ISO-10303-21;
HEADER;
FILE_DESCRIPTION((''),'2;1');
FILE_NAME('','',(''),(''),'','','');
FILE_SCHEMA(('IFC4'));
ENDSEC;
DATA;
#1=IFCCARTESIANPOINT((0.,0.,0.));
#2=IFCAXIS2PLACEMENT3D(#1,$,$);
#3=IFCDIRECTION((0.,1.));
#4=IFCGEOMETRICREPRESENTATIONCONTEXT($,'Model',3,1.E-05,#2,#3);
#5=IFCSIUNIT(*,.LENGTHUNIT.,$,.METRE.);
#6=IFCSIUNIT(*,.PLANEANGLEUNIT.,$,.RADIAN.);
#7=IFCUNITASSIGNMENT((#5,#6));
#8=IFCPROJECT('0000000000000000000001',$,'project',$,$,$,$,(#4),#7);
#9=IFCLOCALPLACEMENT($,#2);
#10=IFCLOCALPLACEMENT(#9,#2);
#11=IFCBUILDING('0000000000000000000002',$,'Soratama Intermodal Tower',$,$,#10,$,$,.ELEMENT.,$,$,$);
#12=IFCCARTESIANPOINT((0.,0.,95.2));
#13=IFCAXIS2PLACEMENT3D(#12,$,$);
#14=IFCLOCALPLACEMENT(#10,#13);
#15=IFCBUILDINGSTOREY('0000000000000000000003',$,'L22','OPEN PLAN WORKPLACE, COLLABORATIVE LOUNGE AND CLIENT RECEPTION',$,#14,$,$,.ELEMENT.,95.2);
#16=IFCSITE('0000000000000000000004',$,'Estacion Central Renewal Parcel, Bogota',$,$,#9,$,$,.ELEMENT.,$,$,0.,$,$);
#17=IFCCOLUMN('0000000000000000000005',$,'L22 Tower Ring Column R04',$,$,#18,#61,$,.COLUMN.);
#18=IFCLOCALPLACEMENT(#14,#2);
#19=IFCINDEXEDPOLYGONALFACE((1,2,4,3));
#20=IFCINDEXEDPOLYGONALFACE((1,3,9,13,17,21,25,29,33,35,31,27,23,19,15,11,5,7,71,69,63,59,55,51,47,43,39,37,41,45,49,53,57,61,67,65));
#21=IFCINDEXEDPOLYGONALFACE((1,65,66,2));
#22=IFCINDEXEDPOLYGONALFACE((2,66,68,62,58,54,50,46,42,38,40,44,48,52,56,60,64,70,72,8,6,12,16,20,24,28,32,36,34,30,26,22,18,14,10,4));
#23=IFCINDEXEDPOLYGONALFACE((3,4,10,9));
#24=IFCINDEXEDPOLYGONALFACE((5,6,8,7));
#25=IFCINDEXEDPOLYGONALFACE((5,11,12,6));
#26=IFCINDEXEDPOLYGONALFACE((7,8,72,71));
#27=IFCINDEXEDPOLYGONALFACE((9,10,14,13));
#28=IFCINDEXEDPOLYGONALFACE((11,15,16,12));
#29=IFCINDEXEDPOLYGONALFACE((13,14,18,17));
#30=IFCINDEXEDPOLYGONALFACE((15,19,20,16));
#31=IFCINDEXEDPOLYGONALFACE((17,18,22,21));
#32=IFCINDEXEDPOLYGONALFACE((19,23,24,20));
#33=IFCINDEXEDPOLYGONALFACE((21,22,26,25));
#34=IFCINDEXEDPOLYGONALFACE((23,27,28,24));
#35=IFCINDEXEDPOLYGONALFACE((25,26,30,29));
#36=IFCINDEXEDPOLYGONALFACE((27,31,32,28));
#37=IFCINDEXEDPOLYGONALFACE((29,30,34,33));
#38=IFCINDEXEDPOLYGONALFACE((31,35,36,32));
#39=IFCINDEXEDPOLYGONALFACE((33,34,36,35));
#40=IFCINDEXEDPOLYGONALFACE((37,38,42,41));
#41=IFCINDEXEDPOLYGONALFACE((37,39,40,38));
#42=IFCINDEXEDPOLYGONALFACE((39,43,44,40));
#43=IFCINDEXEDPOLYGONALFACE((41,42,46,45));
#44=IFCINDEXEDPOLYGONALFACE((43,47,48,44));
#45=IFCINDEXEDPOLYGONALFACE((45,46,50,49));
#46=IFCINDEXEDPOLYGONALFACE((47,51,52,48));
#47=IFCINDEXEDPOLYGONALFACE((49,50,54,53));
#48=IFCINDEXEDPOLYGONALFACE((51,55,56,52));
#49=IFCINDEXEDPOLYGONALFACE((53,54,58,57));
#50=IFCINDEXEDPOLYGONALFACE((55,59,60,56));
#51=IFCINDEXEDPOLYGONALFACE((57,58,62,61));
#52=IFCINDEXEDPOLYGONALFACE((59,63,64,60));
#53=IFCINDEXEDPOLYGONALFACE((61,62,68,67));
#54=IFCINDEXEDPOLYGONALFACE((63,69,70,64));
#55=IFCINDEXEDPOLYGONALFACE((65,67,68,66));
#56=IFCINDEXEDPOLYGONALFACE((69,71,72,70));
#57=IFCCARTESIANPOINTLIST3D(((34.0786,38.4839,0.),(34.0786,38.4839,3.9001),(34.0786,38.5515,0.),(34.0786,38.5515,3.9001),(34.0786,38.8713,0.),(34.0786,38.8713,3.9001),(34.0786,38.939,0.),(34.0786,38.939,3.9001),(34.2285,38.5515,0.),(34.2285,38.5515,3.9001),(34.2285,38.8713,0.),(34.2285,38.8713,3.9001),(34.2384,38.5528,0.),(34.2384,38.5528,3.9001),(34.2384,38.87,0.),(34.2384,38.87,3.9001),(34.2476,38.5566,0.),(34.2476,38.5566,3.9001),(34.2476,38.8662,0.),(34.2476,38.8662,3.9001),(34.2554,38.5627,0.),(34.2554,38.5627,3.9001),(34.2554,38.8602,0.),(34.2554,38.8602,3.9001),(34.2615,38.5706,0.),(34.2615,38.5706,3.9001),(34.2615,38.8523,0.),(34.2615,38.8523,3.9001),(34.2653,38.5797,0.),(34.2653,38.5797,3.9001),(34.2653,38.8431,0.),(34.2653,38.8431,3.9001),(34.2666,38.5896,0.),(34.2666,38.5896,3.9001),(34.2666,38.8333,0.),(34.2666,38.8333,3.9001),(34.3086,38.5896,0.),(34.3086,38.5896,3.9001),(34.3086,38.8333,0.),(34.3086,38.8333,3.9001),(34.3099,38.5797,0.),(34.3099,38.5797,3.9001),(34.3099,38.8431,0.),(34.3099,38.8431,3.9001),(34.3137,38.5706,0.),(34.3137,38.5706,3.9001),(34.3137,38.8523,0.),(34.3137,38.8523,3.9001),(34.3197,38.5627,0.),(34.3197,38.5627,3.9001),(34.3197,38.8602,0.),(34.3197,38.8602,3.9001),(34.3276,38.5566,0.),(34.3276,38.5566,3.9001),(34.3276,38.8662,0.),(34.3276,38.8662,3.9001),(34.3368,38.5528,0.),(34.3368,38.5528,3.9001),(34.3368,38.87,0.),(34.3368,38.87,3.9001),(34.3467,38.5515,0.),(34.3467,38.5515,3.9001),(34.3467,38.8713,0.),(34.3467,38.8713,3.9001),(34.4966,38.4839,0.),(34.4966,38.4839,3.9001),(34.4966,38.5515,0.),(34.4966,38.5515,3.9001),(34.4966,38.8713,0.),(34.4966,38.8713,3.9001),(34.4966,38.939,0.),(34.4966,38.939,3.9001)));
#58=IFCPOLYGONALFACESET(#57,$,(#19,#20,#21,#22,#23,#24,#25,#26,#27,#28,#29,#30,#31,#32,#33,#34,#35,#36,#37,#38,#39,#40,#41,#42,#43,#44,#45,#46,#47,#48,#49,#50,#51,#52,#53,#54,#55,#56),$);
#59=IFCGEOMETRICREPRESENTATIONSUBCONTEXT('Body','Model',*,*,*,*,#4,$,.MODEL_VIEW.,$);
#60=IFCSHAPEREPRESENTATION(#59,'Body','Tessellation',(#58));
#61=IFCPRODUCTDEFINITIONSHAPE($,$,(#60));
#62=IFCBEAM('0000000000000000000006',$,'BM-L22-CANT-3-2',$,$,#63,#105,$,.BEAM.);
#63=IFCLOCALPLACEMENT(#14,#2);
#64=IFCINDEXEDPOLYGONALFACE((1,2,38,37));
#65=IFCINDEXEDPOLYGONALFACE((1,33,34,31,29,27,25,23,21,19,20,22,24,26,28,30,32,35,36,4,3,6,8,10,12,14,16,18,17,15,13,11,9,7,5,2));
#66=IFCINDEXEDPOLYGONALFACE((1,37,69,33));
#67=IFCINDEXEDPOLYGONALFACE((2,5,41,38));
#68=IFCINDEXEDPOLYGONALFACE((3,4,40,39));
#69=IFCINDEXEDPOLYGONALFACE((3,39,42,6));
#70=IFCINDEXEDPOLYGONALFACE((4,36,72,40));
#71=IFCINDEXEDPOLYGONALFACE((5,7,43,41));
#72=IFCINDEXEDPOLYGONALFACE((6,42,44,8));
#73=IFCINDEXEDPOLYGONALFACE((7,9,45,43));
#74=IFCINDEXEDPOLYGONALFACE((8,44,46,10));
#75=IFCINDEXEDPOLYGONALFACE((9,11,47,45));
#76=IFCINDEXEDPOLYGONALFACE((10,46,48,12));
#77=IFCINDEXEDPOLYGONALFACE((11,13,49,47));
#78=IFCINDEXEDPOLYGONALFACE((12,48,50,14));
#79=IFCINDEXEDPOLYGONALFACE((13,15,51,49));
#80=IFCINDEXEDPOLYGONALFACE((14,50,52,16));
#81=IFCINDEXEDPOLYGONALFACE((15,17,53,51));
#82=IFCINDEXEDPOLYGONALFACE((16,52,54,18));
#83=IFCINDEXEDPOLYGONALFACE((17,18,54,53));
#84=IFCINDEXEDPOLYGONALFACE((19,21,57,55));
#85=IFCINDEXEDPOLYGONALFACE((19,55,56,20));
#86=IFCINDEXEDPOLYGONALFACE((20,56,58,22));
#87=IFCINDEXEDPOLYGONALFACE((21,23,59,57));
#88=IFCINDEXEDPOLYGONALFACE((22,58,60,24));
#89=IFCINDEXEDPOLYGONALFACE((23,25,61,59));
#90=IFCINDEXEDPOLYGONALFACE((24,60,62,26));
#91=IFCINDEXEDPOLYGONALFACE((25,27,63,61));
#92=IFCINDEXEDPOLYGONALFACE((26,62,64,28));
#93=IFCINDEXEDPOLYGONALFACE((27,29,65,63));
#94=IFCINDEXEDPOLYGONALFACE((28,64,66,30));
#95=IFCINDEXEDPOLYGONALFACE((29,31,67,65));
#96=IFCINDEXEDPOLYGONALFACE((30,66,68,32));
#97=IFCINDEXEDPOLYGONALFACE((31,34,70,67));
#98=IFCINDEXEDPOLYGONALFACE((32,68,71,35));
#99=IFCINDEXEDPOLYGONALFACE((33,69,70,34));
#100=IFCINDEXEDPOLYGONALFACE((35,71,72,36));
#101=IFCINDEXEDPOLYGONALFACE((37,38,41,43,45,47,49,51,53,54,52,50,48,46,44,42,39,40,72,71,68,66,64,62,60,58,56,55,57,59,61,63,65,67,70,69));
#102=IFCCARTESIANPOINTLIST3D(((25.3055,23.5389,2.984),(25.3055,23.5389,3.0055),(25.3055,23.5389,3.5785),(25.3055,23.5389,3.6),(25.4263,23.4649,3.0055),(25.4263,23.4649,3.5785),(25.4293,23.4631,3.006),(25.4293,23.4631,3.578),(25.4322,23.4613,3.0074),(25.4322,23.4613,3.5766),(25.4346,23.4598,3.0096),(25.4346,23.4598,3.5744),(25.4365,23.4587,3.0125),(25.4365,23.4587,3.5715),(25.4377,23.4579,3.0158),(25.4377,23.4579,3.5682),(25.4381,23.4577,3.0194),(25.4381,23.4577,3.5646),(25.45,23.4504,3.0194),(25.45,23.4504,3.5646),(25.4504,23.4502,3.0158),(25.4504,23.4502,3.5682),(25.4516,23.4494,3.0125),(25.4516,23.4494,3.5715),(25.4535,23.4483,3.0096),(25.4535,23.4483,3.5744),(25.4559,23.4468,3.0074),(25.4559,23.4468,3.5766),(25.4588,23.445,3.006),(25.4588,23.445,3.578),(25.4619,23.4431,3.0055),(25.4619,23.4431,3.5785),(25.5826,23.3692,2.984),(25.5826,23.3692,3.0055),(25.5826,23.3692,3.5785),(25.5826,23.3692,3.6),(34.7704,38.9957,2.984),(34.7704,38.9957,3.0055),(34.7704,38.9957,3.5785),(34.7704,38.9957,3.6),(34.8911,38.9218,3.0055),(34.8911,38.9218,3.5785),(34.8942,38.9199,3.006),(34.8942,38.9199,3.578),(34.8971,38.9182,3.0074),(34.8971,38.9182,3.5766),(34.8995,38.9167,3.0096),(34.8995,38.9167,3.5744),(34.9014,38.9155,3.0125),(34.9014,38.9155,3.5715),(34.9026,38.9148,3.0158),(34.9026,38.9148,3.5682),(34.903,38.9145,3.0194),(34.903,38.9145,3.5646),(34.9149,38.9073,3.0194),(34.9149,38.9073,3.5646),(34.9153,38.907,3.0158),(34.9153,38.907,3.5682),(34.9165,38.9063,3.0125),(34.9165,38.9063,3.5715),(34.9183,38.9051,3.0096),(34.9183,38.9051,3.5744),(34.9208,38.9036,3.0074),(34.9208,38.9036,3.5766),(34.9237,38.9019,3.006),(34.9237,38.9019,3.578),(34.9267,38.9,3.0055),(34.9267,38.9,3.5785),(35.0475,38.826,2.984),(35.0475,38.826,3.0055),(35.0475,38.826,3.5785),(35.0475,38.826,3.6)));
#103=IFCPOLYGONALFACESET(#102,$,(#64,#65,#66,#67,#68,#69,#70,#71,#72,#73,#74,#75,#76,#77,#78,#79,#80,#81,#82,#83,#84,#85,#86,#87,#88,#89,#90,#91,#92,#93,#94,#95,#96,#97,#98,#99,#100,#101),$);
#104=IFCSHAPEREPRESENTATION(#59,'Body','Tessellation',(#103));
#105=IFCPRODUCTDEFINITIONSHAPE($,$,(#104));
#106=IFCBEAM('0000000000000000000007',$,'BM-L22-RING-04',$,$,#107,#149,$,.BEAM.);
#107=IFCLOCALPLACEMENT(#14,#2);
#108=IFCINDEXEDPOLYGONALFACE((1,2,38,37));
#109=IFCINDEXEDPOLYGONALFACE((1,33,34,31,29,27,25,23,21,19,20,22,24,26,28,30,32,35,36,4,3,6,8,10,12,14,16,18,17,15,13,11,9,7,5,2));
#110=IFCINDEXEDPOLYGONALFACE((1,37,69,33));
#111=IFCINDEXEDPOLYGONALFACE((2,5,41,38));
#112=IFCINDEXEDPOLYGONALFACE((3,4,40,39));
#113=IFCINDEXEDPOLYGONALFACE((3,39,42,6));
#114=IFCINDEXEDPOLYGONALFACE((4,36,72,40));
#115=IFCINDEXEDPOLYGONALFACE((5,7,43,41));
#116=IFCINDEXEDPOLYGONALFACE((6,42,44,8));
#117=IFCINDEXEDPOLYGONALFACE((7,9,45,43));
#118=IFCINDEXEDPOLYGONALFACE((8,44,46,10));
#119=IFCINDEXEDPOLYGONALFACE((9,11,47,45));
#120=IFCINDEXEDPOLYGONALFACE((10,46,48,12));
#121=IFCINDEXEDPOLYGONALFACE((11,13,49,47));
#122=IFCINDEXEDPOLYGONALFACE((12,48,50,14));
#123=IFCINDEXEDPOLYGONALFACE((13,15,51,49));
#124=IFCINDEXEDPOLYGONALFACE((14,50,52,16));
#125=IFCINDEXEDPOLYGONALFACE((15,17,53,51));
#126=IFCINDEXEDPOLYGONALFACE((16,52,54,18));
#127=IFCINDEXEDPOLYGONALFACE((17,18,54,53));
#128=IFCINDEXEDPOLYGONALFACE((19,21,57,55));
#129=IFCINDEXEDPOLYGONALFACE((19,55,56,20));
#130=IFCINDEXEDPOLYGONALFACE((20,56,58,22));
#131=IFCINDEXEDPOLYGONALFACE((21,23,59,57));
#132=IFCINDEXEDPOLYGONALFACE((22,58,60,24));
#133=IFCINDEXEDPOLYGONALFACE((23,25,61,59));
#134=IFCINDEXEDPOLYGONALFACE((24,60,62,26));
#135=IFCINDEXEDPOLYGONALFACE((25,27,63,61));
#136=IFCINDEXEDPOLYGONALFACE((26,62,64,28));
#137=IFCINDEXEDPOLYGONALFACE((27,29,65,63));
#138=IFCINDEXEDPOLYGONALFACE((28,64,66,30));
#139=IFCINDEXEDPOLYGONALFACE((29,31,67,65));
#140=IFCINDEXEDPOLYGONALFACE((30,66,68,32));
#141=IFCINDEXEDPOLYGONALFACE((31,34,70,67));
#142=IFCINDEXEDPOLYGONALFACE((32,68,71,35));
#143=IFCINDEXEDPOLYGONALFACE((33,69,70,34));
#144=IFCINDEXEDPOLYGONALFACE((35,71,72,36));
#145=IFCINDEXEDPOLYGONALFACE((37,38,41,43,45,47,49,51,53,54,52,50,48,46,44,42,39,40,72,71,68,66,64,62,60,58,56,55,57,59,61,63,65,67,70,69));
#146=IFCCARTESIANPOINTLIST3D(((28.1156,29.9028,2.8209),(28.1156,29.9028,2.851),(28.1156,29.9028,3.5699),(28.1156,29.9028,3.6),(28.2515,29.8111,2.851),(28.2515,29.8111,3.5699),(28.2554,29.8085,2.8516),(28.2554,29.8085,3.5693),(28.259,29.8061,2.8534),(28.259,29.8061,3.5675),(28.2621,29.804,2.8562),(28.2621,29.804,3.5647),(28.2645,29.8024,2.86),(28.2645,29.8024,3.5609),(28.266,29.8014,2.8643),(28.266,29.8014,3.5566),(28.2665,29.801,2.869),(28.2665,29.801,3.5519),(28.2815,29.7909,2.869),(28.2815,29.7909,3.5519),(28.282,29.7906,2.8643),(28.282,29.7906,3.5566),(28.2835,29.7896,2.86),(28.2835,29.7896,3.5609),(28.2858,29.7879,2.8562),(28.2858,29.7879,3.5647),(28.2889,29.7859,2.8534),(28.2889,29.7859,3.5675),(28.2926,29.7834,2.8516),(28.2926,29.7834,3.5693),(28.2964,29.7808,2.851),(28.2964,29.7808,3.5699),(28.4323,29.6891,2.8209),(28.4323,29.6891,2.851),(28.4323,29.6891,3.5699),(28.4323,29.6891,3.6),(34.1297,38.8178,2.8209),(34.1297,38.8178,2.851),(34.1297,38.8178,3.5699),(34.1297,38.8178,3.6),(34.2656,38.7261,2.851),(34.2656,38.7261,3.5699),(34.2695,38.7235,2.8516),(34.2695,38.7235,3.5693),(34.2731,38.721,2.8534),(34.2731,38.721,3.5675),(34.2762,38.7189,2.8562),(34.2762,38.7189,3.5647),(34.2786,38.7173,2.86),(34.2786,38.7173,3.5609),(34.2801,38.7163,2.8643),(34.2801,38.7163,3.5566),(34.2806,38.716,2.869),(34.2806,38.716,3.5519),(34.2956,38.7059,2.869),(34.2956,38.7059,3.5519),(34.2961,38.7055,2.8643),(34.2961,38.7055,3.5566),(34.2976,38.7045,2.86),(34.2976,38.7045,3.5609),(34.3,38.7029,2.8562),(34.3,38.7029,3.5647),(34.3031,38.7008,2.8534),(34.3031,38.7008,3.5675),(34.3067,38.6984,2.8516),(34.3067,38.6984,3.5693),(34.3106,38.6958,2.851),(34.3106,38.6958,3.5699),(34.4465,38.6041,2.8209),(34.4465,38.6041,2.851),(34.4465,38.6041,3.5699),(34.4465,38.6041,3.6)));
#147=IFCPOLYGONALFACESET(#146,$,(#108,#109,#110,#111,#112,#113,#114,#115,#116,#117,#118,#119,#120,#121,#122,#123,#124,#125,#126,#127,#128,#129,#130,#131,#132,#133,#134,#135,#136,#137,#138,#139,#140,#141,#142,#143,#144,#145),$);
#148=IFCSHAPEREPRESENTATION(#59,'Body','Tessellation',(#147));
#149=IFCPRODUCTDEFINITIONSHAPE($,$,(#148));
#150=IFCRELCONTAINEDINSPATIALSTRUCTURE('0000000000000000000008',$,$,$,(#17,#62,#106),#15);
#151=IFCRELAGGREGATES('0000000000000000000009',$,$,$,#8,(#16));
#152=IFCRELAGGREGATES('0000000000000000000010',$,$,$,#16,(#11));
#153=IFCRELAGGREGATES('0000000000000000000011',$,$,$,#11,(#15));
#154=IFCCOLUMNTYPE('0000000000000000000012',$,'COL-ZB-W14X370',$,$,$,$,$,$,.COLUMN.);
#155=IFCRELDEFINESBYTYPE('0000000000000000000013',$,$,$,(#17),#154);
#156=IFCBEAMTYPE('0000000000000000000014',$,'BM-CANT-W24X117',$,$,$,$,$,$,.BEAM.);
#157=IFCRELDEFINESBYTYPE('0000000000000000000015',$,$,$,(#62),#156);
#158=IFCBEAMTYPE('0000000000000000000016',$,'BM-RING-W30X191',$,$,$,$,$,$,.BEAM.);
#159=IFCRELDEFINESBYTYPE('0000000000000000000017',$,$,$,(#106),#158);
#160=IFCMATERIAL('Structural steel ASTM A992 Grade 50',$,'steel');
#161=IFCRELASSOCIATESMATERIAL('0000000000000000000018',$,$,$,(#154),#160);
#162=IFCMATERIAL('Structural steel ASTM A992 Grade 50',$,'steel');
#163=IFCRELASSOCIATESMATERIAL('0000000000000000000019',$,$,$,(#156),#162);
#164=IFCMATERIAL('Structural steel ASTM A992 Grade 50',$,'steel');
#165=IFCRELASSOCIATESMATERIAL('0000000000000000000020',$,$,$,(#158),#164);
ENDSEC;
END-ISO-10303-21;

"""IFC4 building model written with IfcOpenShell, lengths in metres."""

from ifc_helpers import new_model, si_unit, direction, frame, origin, origin_2d, place, context, subcontext, project, spatial, i_section, extrude, material, material_profile, profile_set, type_object, element, save


model = new_model("IFC4")

# Units and contexts
model_context = context("Model", 3, precision=1e-05, world=origin(), true_north=direction((0.0, 1.0)))
body_context = subcontext(model_context, "Body", "Model", "MODEL_VIEW")
ifc_project = project(units=[si_unit("LENGTHUNIT", "METRE"), si_unit("PLANEANGLEUNIT", "RADIAN")], contexts=[model_context])

# Site, building, storey
site_placement = place(None, origin())
site = spatial("IfcSite", under=ifc_project, at=site_placement, Name="Estacion Central Renewal Parcel, Bogota", CompositionType="ELEMENT", RefElevation=0.0)
building_placement = place(site_placement, origin())
building = spatial("IfcBuilding", under=site, at=building_placement, Name="Soratama Intermodal Tower", CompositionType="ELEMENT")
storey_placement = place(building_placement, frame((0.0, 0.0, 95.2)))
storey = spatial("IfcBuildingStorey", under=building, at=storey_placement, Name="L22", Description="OPEN PLAN WORKPLACE, COLLABORATIVE LOUNGE AND CLIENT RECEPTION", CompositionType="ELEMENT", Elevation=95.2)

# Column
ifc_material_1 = material(Name="Structural steel ASTM A992 Grade 50", Category="steel")
ifc_material_profile_1 = material_profile(ifc_material_1, i_section(OverallWidth=0.418, OverallDepth=0.4551, WebThickness=0.042, FlangeThickness=0.0676, FilletRadius=0.0381, at=origin_2d()), Name="W14X370")
ifc_profile_set_1 = profile_set([ifc_material_profile_1], Name="Structural steel ASTM A992 Grade 50")
column_type = type_object("IfcColumnType", Name="COL-ZB-W14X370", PredefinedType="COLUMN", material=ifc_profile_set_1)
column_placement = place(storey_placement, frame((34.2876, 38.7114, 0.0), z_axis=(0.0, 0.0, 1.0), x_axis=(1.0, 0.0, 0.0)))
element("IfcColumn", 1, at=column_placement, inside=storey, type_object=column_type, Name="L22 Tower Ring Column R04", PredefinedType="COLUMN", context=body_context, shape_type="SweptSolid", body=[
    extrude(i_section(OverallWidth=0.418, OverallDepth=0.4551, WebThickness=0.042, FlangeThickness=0.0676, FilletRadius=0.0381, at=origin_2d()), origin(), (0.0, 0.0, 1.0), 3.9001),
])

# Beams
ifc_material_2 = material(Name="Structural steel ASTM A992 Grade 50", Category="steel")
ifc_material_profile_2 = material_profile(ifc_material_2, i_section(OverallWidth=0.325, OverallDepth=0.616, WebThickness=0.0139, FlangeThickness=0.0215, FilletRadius=0.0139, at=origin_2d()), Name="W24X117")
ifc_profile_set_2 = profile_set([ifc_material_profile_2], Name="Structural steel ASTM A992 Grade 50")
beam_type_1 = type_object("IfcBeamType", Name="BM-CANT-W24X117", PredefinedType="BEAM", material=ifc_profile_set_2)
beam_1_placement = place(storey_placement, frame((34.9089, 38.9109, 3.292), z_axis=(-0.522214, -0.852814, 0.0), x_axis=(0.852814, -0.522214, 0.0)))
element("IfcBeam", 2, at=beam_1_placement, inside=storey, type_object=beam_type_1, Name="BM-L22-CANT-3-2", PredefinedType="BEAM", context=body_context, shape_type="SweptSolid", body=[
    extrude(i_section(OverallWidth=0.325, OverallDepth=0.616, WebThickness=0.0139, FlangeThickness=0.0215, FilletRadius=0.0139, at=origin_2d()), origin(), (0.0, 0.0, 1.0), 18.1245),
])
ifc_material_3 = material(Name="Structural steel ASTM A992 Grade 50", Category="steel")
ifc_material_profile_3 = material_profile(ifc_material_3, i_section(OverallWidth=0.3821, OverallDepth=0.7791, WebThickness=0.0181, FlangeThickness=0.03, FilletRadius=0.0181, at=origin_2d()), Name="W30X191")
ifc_profile_set_3 = profile_set([ifc_material_profile_3], Name="Structural steel ASTM A992 Grade 50")
beam_type_2 = type_object("IfcBeamType", Name="BM-RING-W30X191", PredefinedType="BEAM", material=ifc_profile_set_3)
beam_2_placement = place(storey_placement, frame((34.2881, 38.7109, 3.2104), z_axis=(-0.55925, -0.828999, 0.0), x_axis=(0.828999, -0.55925, 0.0)))
element("IfcBeam", 3, at=beam_2_placement, inside=storey, type_object=beam_type_2, Name="BM-L22-RING-04", PredefinedType="BEAM", context=body_context, shape_type="SweptSolid", body=[
    extrude(i_section(OverallWidth=0.3821, OverallDepth=0.7791, WebThickness=0.0181, FlangeThickness=0.03, FilletRadius=0.0181, at=origin_2d()), origin(), (0.0, 0.0, 1.0), 10.7539),
])

save(model, "model.ifc")
